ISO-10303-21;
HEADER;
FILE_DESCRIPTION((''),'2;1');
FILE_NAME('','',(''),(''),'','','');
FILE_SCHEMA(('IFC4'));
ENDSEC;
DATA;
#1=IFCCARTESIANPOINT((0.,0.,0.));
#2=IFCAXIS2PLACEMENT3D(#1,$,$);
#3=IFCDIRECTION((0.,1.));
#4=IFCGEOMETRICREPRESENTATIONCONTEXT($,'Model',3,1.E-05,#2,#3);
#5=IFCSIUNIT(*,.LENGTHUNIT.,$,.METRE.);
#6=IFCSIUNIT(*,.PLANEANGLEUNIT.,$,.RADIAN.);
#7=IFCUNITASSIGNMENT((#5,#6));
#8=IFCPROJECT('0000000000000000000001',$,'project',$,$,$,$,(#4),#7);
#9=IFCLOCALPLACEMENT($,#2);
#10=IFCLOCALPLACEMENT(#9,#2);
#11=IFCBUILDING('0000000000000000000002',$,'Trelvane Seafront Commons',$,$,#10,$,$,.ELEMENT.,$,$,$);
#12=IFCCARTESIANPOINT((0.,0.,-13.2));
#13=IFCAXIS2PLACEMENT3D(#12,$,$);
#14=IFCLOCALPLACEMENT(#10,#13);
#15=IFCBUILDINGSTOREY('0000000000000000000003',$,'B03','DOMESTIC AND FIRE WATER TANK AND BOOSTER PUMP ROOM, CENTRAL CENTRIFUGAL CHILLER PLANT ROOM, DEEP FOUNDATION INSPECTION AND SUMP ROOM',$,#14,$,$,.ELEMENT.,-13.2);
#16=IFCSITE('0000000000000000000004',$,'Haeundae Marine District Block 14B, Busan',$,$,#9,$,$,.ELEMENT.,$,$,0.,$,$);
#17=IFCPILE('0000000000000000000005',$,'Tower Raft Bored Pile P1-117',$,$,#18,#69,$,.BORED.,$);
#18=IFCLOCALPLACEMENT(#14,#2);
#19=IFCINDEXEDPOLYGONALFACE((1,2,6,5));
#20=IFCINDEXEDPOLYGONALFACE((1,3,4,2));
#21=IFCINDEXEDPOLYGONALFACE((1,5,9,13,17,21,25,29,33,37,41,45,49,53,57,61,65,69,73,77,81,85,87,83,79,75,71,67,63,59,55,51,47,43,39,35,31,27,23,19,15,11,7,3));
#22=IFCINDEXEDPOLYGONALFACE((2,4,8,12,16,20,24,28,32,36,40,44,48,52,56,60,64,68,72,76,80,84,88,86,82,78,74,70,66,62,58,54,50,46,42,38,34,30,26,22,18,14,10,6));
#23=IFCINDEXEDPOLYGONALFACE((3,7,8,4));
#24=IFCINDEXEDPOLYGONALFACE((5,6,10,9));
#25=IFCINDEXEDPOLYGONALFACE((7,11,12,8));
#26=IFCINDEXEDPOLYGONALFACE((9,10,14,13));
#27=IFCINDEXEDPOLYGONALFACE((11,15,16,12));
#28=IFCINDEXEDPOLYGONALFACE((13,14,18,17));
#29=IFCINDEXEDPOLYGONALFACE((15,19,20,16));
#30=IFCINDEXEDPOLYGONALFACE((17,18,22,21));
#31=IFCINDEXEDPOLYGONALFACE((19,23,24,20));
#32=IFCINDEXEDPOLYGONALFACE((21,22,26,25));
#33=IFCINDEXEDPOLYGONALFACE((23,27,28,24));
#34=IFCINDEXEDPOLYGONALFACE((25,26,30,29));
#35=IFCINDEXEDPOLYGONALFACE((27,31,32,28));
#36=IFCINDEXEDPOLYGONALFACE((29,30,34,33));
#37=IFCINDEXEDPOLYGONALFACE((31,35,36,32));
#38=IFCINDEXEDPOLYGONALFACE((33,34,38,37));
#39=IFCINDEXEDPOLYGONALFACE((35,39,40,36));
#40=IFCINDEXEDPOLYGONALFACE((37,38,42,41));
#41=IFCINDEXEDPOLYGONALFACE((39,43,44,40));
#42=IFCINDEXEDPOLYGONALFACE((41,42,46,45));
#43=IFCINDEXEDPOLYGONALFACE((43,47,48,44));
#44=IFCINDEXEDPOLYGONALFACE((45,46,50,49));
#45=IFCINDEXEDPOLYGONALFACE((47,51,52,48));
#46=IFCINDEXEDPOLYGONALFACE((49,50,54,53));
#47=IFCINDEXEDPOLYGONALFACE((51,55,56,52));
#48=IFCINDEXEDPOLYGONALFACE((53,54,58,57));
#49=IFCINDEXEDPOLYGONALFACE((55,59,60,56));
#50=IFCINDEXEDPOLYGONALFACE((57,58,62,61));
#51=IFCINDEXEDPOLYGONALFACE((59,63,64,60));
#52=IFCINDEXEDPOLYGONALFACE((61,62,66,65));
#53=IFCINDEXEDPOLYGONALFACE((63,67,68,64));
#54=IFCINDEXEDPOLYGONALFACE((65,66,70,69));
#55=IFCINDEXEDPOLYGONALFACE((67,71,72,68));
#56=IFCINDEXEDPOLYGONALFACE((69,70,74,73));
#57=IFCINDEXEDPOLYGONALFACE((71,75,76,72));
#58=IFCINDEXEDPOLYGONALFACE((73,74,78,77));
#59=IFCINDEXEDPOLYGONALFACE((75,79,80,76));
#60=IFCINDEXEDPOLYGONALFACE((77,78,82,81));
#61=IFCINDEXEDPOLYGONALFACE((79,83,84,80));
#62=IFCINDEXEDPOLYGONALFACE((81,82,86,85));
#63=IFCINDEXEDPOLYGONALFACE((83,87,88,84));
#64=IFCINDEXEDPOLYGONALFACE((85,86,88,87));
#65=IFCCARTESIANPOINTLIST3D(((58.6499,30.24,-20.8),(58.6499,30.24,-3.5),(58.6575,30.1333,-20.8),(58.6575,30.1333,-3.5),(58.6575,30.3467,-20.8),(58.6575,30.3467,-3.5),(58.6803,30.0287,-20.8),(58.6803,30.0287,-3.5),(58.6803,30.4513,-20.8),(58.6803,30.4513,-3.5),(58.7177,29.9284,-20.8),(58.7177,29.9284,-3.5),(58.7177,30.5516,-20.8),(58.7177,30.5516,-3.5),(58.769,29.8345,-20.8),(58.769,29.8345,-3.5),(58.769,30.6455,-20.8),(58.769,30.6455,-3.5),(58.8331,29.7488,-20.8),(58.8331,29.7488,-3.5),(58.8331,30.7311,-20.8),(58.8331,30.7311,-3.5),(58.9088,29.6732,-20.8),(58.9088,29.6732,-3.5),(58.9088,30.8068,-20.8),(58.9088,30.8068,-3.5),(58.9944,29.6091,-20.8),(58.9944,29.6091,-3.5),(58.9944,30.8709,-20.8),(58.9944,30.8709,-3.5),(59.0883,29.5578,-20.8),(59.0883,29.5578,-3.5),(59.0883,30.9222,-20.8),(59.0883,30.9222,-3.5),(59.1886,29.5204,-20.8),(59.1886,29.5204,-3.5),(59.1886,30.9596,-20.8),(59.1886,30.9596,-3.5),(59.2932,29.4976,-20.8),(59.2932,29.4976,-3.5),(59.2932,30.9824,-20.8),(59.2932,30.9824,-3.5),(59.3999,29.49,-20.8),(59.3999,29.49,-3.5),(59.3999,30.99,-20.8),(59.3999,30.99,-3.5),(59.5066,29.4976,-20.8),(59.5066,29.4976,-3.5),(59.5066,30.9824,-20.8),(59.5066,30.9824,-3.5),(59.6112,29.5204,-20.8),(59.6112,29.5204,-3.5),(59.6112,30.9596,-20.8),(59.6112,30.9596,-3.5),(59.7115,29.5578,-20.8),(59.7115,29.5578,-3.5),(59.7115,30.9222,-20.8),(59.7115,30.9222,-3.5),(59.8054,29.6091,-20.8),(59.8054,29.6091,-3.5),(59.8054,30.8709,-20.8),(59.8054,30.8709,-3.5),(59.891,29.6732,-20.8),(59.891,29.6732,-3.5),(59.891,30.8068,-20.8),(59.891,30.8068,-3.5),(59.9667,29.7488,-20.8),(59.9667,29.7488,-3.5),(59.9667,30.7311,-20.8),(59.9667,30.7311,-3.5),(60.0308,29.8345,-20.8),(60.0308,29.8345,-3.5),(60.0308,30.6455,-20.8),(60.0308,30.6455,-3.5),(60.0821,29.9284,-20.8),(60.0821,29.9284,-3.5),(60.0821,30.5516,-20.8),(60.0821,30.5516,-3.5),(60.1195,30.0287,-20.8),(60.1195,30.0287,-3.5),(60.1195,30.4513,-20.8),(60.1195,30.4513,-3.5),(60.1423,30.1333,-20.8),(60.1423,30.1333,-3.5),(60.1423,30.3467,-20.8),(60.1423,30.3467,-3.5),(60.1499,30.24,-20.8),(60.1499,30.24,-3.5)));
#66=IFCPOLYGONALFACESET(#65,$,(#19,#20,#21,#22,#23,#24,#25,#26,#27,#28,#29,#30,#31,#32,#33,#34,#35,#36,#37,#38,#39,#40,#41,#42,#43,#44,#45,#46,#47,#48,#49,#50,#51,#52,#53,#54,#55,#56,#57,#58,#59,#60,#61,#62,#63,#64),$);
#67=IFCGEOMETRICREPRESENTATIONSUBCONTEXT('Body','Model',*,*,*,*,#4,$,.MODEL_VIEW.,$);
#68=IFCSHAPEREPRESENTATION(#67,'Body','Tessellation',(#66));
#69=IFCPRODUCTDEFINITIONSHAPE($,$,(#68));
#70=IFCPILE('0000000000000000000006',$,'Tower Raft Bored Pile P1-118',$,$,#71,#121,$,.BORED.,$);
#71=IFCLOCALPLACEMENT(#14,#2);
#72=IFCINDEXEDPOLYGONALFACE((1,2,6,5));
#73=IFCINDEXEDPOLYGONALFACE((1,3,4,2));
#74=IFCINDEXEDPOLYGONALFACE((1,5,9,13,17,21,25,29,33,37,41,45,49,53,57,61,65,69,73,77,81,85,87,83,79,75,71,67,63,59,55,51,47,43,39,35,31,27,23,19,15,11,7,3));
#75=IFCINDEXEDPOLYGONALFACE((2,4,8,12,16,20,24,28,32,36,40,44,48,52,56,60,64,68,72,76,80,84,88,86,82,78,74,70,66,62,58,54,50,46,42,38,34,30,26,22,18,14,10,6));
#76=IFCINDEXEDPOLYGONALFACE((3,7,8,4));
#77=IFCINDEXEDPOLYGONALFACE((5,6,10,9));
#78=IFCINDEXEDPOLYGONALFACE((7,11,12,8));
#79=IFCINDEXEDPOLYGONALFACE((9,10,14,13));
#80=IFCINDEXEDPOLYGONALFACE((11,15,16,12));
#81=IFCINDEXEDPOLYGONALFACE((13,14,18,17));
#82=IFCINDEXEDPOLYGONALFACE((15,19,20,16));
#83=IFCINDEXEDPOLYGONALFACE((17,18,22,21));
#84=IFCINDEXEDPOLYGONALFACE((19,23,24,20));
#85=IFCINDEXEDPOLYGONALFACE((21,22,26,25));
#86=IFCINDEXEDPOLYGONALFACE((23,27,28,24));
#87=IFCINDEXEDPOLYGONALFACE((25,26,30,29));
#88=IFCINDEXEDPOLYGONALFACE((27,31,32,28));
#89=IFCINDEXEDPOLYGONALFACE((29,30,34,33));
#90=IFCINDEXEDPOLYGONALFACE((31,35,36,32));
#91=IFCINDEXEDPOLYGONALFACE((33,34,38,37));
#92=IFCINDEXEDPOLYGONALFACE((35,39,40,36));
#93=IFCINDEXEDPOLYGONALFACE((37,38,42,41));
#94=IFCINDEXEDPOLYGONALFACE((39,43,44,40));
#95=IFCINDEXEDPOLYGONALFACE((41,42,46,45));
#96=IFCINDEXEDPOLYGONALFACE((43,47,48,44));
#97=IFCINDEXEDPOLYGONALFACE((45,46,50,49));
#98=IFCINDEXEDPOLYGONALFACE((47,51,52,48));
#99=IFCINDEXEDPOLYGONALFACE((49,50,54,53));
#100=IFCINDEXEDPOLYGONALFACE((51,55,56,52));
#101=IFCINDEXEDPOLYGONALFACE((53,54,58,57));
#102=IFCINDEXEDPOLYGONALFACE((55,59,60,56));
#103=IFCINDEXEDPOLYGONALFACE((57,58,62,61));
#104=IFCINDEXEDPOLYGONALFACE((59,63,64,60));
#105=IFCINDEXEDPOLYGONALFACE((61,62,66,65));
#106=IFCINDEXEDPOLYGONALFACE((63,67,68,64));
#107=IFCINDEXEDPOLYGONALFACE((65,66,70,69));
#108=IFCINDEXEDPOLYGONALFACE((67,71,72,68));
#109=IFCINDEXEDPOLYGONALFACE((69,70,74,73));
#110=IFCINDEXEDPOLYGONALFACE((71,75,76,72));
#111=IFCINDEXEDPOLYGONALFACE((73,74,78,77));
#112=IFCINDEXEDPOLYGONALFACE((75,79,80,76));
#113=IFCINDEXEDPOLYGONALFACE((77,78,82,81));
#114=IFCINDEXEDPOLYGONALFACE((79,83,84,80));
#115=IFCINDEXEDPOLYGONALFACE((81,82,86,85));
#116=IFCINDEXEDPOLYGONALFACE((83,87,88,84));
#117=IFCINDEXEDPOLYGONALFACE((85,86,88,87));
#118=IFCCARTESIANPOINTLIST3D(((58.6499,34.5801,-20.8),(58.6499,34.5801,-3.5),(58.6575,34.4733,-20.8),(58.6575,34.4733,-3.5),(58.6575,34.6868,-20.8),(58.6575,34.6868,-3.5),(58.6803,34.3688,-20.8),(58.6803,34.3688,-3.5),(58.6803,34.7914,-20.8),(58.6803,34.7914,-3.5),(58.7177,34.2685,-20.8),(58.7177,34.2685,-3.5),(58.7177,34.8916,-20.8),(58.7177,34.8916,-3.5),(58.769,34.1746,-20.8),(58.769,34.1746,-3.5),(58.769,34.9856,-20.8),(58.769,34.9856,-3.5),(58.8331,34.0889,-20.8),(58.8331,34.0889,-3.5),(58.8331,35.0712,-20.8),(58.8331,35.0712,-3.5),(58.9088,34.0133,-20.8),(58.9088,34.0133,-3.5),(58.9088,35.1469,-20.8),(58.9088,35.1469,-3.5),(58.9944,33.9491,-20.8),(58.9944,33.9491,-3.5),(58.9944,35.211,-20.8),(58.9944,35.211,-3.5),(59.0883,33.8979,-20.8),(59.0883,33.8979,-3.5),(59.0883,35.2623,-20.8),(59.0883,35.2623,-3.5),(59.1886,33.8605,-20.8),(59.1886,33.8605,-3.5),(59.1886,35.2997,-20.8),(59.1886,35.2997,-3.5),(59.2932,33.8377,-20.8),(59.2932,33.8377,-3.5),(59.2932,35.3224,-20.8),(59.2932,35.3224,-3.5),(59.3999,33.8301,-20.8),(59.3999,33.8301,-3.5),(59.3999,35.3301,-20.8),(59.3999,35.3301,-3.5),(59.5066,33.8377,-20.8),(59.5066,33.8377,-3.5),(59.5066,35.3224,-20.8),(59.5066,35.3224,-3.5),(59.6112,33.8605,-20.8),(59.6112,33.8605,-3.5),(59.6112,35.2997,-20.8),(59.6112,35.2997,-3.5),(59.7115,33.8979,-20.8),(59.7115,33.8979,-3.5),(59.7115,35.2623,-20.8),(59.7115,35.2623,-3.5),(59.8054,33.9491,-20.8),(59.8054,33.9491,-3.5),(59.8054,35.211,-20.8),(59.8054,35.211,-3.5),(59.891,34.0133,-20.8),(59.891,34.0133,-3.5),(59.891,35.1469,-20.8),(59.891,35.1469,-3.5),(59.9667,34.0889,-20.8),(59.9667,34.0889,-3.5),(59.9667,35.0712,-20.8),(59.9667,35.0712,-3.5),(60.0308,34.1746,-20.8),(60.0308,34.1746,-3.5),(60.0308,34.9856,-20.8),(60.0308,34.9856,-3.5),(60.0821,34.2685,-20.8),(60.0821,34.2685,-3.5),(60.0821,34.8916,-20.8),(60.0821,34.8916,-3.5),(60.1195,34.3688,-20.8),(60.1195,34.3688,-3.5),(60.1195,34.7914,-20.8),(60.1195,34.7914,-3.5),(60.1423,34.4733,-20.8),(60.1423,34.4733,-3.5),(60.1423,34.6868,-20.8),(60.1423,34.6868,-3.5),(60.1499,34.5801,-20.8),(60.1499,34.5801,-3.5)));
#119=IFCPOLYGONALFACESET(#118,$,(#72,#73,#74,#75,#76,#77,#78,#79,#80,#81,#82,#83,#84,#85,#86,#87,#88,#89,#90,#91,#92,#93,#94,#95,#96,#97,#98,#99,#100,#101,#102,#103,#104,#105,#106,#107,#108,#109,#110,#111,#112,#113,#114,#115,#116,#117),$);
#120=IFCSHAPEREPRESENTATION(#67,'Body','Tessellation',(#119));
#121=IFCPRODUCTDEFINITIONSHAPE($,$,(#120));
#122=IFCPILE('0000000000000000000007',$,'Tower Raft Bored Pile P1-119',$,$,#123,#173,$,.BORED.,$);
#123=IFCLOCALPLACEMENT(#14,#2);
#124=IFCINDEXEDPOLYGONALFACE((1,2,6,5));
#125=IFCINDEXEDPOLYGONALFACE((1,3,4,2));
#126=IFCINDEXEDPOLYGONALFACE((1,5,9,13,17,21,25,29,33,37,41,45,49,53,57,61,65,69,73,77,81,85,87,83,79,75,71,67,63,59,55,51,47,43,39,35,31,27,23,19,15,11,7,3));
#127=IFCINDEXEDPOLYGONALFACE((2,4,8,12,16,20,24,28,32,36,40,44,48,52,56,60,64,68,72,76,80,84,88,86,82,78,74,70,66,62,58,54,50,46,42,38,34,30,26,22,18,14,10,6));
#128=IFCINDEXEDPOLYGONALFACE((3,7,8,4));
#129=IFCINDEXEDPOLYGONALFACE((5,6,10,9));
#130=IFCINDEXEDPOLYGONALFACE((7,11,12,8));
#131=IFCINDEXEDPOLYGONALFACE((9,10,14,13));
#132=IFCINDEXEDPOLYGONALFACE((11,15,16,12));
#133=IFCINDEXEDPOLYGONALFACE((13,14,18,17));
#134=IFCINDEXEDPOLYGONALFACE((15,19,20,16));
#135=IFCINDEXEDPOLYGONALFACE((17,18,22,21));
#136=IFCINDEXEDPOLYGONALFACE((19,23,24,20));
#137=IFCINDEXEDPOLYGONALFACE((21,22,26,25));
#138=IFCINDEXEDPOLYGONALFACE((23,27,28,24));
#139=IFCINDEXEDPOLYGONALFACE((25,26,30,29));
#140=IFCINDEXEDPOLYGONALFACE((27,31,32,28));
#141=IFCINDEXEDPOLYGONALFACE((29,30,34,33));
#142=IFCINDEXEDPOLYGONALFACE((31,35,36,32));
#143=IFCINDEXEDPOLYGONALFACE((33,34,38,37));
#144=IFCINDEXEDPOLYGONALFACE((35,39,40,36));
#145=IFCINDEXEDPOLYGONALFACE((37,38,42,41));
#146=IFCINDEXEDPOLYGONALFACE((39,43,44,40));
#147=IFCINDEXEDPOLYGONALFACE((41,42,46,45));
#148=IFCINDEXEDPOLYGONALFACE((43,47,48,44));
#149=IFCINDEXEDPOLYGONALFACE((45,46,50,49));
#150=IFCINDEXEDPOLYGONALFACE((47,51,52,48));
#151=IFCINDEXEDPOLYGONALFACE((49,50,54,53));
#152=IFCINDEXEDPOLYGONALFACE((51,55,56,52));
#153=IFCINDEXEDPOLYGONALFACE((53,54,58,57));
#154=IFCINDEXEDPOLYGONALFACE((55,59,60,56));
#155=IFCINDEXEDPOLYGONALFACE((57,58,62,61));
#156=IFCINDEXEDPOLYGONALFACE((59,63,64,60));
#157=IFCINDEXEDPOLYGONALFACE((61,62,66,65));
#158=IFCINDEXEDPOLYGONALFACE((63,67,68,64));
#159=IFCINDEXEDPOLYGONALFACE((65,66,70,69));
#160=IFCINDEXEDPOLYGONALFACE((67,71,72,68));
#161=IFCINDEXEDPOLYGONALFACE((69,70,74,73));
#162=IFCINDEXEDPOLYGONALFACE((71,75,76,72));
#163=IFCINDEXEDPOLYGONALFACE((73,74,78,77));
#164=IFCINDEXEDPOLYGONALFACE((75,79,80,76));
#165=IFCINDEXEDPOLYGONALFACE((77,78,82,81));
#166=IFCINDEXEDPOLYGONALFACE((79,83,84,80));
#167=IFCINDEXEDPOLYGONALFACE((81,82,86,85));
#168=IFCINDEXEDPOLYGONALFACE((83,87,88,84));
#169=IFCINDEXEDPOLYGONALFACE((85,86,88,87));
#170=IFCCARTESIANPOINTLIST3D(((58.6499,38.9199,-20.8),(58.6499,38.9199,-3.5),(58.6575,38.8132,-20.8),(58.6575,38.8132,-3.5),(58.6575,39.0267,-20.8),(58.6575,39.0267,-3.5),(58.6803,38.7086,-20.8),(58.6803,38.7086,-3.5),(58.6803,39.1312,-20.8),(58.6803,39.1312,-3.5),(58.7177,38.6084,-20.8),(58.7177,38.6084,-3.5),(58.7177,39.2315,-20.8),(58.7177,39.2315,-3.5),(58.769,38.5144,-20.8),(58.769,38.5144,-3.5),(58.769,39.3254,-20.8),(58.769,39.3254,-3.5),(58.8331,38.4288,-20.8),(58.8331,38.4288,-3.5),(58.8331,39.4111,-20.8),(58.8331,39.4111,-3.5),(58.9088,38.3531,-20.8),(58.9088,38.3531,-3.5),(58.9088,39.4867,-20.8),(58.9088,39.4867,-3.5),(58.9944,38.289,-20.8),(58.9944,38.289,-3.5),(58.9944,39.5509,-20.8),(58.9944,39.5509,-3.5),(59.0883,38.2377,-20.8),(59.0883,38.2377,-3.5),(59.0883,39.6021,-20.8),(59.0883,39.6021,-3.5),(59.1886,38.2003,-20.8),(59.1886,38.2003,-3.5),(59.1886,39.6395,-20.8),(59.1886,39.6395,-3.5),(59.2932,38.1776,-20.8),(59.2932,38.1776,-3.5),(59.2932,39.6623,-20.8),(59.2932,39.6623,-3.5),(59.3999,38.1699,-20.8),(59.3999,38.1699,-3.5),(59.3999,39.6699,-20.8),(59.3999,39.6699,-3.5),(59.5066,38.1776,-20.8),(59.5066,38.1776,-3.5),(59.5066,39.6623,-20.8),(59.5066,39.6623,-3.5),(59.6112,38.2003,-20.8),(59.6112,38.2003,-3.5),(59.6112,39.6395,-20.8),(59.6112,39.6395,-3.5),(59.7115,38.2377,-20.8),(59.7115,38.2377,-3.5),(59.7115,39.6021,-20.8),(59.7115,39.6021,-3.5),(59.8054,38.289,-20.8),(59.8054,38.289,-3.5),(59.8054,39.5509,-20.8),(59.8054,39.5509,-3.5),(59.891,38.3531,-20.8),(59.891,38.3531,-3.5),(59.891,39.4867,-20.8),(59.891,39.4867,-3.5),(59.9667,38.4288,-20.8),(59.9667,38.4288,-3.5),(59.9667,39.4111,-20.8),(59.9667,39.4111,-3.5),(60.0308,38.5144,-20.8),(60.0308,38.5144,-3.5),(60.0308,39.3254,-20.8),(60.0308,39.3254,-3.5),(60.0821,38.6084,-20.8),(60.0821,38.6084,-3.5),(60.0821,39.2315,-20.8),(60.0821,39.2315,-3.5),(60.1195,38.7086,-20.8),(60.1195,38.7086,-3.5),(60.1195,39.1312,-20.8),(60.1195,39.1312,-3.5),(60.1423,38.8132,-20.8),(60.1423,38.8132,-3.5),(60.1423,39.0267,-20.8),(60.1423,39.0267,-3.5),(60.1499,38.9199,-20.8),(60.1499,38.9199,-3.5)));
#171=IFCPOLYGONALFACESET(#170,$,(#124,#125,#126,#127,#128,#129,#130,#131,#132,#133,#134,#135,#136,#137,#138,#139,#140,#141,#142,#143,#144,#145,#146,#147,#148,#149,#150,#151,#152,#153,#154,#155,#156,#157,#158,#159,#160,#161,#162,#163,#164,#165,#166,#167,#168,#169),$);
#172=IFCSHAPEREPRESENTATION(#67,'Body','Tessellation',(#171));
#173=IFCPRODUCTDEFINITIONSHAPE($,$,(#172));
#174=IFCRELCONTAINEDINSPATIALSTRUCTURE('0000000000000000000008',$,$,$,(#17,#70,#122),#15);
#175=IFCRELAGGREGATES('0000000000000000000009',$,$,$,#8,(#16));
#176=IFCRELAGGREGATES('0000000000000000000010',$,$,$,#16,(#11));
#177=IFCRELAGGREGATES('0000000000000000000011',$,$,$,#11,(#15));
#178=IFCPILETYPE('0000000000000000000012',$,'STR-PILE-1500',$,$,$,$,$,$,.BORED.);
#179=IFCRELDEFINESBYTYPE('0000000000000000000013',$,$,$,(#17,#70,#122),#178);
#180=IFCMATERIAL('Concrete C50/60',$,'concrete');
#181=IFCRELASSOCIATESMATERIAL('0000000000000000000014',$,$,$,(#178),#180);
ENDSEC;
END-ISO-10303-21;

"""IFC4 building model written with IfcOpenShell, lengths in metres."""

from ifc_helpers import new_model, si_unit, direction, frame, origin, origin_2d, place, context, subcontext, project, spatial, circle, extrude, source, transform, mapped, material, material_profile, profile_set, type_object, element, save


model = new_model("IFC4")

# Units and contexts
model_context = context("Model", 3, precision=1e-05, world=origin(), true_north=direction((0.0, 1.0)))
body_context = subcontext(model_context, "Body", "Model", "MODEL_VIEW")
ifc_project = project(units=[si_unit("LENGTHUNIT", "METRE"), si_unit("PLANEANGLEUNIT", "RADIAN")], contexts=[model_context])

# Site, building, storey
site_placement = place(None, origin())
site = spatial("IfcSite", under=ifc_project, at=site_placement, Name="Haeundae Marine District Block 14B, Busan", CompositionType="ELEMENT", RefElevation=0.0)
building_placement = place(site_placement, origin())
building = spatial("IfcBuilding", under=site, at=building_placement, Name="Trelvane Seafront Commons", CompositionType="ELEMENT")
storey_placement = place(building_placement, frame((0.0, 0.0, -13.2)))
storey = spatial("IfcBuildingStorey", under=building, at=storey_placement, Name="B03", Description="DOMESTIC AND FIRE WATER TANK AND BOOSTER PUMP ROOM, CENTRAL CENTRIFUGAL CHILLER PLANT ROOM, DEEP FOUNDATION INSPECTION AND SUMP ROOM", CompositionType="ELEMENT", Elevation=-13.2)

# Piles
ifc_material_1 = material(Name="Concrete C50/60", Category="concrete")
ifc_material_profile_1 = material_profile(ifc_material_1, circle(Radius=0.75, at=origin_2d()), Name="PILE-1500")
ifc_profile_set_1 = profile_set([ifc_material_profile_1], Name="Concrete C50/60")
pile_type_1 = type_object("IfcPileType", Name="STR-PILE-1500", PredefinedType="BORED", material=ifc_profile_set_1)
shared_shape_1 = source(origin(), body_context, "Body", "SweptSolid", [
    extrude(circle(Radius=0.75, at=origin_2d()), origin(), (0.0, 0.0, 1.0), 17.3),
])
for number, where, z_axis, x_axis, name in (
    (1, (59.3999, 30.24, -3.5), (0.0, 0.0, -1.0), (1.0, 0.0, 0.0), "Tower Raft Bored Pile P1-117"),
    (2, (59.3999, 34.5801, -3.5), (0.0, 0.0, -1.0), (1.0, 0.0, 0.0), "Tower Raft Bored Pile P1-118"),
    (3, (59.3999, 38.9199, -3.5), (0.0, 0.0, -1.0), (1.0, 0.0, 0.0), "Tower Raft Bored Pile P1-119"),
):
    element("IfcPile", number, at=place(storey_placement, frame(where, z_axis=z_axis, x_axis=x_axis)), inside=storey, type_object=pile_type_1, Name=name, PredefinedType="BORED", context=body_context, shape_type="MappedRepresentation", body=[
        mapped(shared_shape_1, transform((0.0, 0.0, 0.0), x_axis=(1.0, 0.0, 0.0), y_axis=(0.0, 1.0, 0.0), z_axis=(0.0, 0.0, 1.0), scale=1.0)),
    ])

save(model, "model.ifc")
